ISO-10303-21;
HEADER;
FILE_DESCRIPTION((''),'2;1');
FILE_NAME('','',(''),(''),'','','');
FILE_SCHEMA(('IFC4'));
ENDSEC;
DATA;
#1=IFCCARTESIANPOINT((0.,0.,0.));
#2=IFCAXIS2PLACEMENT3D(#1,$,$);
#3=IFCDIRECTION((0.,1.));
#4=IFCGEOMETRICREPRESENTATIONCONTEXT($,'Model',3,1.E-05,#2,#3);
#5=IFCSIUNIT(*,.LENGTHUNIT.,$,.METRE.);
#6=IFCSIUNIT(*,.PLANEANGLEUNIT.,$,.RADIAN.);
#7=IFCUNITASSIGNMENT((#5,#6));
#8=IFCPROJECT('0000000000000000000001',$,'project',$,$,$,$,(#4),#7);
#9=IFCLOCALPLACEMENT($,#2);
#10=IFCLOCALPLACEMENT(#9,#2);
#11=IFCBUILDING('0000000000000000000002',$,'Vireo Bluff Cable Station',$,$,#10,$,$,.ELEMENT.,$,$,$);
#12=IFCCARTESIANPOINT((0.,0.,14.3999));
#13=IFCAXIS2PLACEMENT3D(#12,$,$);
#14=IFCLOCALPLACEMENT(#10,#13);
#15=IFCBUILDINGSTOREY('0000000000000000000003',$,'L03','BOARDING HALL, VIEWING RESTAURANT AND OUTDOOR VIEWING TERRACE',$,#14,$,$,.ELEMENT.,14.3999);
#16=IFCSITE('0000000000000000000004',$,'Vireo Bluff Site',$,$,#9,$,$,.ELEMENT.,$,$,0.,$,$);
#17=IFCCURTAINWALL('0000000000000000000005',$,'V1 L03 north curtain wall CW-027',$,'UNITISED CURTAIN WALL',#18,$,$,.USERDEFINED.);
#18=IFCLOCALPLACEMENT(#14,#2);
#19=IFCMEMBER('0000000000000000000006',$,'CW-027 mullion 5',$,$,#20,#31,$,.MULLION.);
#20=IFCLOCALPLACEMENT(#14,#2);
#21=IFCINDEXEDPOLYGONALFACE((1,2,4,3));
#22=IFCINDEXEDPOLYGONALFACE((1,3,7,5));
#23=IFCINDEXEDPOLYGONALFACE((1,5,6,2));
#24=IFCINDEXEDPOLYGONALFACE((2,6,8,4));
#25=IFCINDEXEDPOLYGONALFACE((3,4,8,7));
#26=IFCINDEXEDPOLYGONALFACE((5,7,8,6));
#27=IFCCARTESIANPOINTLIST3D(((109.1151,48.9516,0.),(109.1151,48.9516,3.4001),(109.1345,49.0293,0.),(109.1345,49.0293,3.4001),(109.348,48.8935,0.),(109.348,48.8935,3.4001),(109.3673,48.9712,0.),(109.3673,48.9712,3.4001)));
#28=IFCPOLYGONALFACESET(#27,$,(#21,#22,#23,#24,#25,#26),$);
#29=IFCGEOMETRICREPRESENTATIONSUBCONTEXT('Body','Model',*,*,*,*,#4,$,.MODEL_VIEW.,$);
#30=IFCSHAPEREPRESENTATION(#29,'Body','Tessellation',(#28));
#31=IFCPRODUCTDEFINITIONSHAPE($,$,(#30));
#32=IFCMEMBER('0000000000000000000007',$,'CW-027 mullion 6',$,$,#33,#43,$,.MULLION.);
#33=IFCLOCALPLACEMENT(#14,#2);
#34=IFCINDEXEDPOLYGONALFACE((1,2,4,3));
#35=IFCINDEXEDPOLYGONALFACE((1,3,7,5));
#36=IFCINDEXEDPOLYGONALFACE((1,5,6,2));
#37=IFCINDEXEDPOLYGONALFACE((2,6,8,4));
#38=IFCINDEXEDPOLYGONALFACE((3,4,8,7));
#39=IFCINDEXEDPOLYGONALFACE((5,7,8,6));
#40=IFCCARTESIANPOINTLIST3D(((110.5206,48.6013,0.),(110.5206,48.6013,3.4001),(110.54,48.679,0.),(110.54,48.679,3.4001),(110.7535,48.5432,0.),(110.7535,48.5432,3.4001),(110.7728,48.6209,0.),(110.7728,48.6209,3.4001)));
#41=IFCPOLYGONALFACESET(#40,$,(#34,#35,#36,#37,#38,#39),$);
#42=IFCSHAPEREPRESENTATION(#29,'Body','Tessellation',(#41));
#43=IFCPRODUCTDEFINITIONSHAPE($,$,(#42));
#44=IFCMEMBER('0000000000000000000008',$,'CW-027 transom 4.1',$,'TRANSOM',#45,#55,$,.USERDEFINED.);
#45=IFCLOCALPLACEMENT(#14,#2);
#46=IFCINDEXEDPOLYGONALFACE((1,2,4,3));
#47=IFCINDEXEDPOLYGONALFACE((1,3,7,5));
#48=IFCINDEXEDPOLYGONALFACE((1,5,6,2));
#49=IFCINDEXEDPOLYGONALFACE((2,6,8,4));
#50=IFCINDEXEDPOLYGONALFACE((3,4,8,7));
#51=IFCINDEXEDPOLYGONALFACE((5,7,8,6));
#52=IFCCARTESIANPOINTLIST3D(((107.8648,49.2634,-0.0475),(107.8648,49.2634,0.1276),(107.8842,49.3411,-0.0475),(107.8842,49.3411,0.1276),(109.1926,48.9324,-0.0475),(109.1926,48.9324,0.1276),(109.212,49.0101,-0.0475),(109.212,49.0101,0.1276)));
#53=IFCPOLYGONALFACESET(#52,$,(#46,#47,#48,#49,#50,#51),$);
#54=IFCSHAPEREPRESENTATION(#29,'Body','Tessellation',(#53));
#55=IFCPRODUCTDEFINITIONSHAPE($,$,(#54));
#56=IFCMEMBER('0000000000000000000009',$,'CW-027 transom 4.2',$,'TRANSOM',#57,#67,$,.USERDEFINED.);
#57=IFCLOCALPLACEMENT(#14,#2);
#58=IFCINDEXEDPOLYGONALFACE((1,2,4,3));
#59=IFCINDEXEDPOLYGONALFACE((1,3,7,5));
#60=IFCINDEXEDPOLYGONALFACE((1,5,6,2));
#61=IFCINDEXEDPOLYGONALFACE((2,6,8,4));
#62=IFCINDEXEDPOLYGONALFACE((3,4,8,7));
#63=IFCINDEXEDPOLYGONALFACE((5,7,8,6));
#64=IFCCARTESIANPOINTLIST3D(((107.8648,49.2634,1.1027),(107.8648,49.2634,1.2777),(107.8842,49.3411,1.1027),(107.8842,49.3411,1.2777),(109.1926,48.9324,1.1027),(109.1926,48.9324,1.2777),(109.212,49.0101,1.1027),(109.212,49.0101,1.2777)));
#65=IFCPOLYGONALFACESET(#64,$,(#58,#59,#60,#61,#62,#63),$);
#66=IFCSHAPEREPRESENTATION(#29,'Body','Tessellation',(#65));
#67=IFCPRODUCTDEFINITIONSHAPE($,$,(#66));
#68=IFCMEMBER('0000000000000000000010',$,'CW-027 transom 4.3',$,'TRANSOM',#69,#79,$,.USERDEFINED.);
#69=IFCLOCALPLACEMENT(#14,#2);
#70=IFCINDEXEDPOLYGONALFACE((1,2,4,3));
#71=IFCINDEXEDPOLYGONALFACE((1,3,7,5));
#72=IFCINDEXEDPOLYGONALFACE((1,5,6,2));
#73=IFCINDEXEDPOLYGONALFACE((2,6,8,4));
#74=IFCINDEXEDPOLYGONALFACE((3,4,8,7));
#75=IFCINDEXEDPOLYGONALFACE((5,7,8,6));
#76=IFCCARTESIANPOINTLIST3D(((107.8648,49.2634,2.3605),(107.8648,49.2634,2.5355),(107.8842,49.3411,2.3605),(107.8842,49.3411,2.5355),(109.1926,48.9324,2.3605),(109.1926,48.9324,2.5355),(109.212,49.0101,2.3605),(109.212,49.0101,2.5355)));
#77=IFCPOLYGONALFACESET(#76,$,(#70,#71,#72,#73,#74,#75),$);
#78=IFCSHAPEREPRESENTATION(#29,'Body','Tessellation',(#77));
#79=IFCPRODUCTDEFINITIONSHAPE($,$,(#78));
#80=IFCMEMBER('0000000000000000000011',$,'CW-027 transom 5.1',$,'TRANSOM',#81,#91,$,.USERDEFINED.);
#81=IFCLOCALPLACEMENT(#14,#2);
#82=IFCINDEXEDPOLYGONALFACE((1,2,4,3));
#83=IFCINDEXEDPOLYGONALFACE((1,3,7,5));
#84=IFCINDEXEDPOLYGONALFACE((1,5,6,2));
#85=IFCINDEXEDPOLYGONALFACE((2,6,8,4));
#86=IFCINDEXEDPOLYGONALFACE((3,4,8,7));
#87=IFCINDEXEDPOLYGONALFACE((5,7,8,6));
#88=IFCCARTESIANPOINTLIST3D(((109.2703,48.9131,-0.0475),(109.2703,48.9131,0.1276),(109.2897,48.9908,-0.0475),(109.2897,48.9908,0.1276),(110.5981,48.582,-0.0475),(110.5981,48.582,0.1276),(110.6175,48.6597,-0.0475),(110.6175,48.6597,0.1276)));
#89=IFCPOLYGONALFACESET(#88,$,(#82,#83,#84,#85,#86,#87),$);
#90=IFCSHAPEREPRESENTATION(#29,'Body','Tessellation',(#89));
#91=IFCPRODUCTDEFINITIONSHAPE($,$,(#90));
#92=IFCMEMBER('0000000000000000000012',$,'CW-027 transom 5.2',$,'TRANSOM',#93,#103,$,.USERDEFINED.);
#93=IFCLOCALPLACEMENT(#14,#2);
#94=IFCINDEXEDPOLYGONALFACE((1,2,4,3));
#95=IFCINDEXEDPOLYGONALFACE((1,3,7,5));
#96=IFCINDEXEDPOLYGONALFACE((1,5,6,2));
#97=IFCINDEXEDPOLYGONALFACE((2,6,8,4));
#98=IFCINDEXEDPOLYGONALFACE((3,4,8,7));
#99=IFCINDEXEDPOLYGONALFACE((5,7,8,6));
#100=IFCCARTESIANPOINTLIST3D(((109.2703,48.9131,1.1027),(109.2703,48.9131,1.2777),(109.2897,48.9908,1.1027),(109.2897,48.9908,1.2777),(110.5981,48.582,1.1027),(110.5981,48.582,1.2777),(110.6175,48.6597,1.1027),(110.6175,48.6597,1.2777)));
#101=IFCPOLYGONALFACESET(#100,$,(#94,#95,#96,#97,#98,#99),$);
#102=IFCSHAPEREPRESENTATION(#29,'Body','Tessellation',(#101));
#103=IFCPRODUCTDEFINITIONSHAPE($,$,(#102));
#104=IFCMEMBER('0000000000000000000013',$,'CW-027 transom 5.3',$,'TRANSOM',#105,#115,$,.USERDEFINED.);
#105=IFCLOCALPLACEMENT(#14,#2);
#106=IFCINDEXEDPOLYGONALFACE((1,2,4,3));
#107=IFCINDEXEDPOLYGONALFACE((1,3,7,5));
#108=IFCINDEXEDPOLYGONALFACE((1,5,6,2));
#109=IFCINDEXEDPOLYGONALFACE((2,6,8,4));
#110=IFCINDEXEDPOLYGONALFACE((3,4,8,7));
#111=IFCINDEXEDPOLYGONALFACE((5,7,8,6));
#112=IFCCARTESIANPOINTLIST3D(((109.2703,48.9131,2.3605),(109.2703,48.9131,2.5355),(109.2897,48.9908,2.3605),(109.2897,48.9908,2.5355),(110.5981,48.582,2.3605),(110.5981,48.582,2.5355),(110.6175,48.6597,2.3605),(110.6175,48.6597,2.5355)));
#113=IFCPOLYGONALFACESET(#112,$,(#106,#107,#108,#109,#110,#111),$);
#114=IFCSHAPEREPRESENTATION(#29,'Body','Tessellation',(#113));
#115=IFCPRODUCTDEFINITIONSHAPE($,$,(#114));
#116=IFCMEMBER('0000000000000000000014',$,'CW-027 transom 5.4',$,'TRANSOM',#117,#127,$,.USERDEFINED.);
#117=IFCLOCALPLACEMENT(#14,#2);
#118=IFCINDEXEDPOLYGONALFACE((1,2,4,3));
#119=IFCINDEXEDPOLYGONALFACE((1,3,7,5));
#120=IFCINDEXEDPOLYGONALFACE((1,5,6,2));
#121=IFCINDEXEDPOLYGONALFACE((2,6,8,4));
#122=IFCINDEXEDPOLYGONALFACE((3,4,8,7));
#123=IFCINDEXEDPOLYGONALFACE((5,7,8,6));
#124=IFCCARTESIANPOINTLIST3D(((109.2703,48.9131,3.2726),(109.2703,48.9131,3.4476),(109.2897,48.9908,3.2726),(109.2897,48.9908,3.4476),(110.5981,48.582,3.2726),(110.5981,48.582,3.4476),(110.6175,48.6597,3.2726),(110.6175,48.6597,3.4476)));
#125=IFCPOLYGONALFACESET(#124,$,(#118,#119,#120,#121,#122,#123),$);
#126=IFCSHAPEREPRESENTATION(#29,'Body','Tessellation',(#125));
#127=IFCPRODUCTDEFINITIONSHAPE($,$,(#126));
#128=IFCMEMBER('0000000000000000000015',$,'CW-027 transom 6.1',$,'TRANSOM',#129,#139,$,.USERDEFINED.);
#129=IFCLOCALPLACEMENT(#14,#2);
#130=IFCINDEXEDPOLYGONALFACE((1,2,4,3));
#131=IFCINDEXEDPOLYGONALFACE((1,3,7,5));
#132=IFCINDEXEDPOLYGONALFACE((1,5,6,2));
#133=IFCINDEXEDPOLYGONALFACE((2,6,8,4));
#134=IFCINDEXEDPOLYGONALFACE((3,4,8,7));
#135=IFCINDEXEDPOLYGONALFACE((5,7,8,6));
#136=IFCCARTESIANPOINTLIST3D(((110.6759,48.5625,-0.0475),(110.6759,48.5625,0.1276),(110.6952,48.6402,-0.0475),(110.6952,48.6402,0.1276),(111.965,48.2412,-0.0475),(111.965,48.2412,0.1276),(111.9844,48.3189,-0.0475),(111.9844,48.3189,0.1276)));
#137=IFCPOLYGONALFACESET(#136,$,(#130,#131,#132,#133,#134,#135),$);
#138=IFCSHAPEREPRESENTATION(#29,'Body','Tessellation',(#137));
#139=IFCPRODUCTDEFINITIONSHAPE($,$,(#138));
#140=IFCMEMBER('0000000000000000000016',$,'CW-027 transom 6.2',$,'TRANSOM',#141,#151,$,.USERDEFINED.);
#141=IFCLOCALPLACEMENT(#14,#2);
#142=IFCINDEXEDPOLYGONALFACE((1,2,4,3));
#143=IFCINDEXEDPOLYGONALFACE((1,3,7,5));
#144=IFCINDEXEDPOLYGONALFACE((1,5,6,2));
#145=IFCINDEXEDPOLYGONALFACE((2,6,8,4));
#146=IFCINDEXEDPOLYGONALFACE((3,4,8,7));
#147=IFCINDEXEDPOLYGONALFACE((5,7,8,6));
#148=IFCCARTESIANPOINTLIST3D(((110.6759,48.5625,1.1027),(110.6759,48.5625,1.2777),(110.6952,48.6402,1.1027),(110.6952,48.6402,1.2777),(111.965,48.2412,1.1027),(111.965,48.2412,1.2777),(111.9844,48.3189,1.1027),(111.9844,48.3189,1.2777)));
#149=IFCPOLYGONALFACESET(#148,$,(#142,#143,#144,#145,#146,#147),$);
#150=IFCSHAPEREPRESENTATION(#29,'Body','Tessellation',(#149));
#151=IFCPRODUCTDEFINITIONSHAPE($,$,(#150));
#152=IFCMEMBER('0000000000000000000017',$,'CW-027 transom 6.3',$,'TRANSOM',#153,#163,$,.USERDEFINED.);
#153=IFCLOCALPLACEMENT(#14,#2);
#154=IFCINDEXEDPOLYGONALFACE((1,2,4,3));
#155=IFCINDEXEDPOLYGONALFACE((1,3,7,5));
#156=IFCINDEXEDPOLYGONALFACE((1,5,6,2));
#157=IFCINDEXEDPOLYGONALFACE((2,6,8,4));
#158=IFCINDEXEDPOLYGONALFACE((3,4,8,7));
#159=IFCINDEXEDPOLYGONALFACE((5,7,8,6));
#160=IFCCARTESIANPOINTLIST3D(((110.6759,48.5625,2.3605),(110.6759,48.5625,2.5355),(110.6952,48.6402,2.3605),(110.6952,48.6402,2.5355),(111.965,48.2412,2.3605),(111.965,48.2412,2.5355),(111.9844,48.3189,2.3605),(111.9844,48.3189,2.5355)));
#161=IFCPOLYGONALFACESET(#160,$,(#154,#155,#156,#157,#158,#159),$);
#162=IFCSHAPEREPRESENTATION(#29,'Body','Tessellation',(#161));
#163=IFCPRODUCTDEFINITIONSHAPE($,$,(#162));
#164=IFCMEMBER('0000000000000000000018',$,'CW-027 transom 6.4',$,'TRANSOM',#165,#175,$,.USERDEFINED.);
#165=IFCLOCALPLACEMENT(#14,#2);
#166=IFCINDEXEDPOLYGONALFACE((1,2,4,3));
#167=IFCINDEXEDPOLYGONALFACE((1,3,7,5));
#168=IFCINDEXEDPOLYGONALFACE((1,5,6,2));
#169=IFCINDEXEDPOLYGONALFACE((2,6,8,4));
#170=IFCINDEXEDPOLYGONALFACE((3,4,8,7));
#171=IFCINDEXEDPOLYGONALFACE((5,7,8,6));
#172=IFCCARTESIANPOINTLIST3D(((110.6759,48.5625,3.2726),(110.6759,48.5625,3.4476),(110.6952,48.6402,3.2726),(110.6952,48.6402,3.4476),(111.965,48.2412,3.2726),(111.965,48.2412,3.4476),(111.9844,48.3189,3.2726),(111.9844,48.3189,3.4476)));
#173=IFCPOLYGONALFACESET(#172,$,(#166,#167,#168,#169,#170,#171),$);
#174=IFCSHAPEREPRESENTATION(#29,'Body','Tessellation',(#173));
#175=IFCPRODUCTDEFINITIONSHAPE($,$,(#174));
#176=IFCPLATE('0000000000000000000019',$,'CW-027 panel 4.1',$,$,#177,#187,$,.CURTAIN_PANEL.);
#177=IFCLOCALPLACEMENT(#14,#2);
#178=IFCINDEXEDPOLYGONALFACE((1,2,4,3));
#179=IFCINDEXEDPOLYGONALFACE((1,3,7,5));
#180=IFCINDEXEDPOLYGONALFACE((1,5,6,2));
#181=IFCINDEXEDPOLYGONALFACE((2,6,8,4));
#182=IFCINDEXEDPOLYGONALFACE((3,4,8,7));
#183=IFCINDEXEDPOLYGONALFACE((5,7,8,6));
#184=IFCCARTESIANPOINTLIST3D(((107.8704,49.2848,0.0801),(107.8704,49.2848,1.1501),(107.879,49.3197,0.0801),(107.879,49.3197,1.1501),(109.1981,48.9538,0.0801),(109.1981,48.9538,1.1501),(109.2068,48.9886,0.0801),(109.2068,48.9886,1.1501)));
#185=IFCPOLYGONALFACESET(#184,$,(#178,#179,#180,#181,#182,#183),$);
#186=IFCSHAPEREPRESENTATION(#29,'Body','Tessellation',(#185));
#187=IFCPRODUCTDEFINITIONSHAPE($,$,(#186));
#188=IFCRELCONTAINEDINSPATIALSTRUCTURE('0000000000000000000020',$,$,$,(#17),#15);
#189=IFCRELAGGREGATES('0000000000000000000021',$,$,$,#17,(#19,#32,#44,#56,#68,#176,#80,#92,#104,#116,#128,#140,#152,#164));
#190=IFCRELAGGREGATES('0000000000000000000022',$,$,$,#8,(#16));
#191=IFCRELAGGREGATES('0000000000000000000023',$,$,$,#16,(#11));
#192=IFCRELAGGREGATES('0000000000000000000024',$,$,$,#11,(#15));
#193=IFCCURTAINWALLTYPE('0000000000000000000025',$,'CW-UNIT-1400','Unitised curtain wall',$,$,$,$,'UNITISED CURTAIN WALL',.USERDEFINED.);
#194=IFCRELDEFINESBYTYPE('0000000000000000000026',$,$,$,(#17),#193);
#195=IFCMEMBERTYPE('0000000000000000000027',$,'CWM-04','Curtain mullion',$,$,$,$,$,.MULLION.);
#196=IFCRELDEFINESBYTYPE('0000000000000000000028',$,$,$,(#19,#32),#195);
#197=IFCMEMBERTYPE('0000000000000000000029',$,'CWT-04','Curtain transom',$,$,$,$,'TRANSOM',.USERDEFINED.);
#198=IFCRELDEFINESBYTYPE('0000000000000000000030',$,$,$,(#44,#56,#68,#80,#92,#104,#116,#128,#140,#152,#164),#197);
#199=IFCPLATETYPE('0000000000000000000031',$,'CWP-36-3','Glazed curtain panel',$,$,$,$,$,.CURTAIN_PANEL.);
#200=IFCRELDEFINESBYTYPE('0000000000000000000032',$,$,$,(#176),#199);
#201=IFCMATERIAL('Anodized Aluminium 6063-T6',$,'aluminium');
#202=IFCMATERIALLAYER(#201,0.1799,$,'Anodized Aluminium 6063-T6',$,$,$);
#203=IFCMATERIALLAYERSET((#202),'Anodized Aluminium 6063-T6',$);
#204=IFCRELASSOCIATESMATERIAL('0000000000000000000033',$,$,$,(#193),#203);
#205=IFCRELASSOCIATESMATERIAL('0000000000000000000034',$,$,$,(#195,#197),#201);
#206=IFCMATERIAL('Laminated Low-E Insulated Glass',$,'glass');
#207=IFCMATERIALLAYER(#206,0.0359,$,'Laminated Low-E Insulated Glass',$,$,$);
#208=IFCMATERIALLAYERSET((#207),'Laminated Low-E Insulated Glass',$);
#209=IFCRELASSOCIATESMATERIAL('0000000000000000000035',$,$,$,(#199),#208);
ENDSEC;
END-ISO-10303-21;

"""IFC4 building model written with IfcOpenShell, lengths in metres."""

from ifc_helpers import new_model, si_unit, direction, frame, origin, origin_2d, place, context, subcontext, project, spatial, rectangle, extrude, material, layer, layer_set, material_profile, profile_set, type_object, element, aggregate, save


model = new_model("IFC4")

# Units and contexts
model_context = context("Model", 3, precision=1e-05, world=origin(), true_north=direction((0.0, 1.0)))
body_context = subcontext(model_context, "Body", "Model", "MODEL_VIEW")
ifc_project = project(units=[si_unit("LENGTHUNIT", "METRE"), si_unit("PLANEANGLEUNIT", "RADIAN")], contexts=[model_context])

# Site, building, storey
site_placement = place(None, origin())
site = spatial("IfcSite", under=ifc_project, at=site_placement, Name="Vireo Bluff Site", CompositionType="ELEMENT", RefElevation=0.0)
building_placement = place(site_placement, origin())
building = spatial("IfcBuilding", under=site, at=building_placement, Name="Vireo Bluff Cable Station", CompositionType="ELEMENT")
storey_placement = place(building_placement, frame((0.0, 0.0, 14.3999)))
storey = spatial("IfcBuildingStorey", under=building, at=storey_placement, Name="L03", Description="BOARDING HALL, VIEWING RESTAURANT AND OUTDOOR VIEWING TERRACE", CompositionType="ELEMENT", Elevation=14.3999)

# Curtain wall, members, plate
ifc_material_1 = material(Name="Anodized Aluminium 6063-T6", Category="aluminium")
ifc_layer_1 = layer(ifc_material_1, 0.1799, Name="Anodized Aluminium 6063-T6")
ifc_layer_set_1 = layer_set([ifc_layer_1], Name="Anodized Aluminium 6063-T6")
curtain_wall_type_1 = type_object("IfcCurtainWallType", Name="CW-UNIT-1400", Description="Unitised curtain wall", ElementType="UNITISED CURTAIN WALL", PredefinedType="USERDEFINED", material=ifc_layer_set_1)
curtain_wall_1_placement = place(storey_placement, origin())
curtain_wall_1 = element("IfcCurtainWall", 1, at=curtain_wall_1_placement, inside=storey, type_object=curtain_wall_type_1, Name="V1 L03 north curtain wall CW-027", ObjectType="UNITISED CURTAIN WALL", PredefinedType="USERDEFINED")
ifc_material_profile_1 = material_profile(ifc_material_1, rectangle(XDim=0.0801, YDim=0.24, at=origin_2d()), Name="ALU-M-80X240")
ifc_profile_set_1 = profile_set([ifc_material_profile_1], Name="Anodized Aluminium 6063-T6")
member_type_1 = type_object("IfcMemberType", Name="CWM-04", Description="Curtain mullion", PredefinedType="MULLION", material=ifc_profile_set_1)
member_1_placement = place(storey_placement, frame((109.2412, 48.9614, 0.0), z_axis=(0.0, 0.0, 1.0), x_axis=(0.241922, 0.970296, 0.0)))
member_1 = element("IfcMember", 2, at=member_1_placement, type_object=member_type_1, Name="CW-027 mullion 5", PredefinedType="MULLION", context=body_context, shape_type="SweptSolid", body=[
    extrude(rectangle(XDim=0.0801, YDim=0.24, at=origin_2d()), origin(), (0.0, 0.0, 1.0), 3.4001),
])
member_2_placement = place(storey_placement, frame((110.6467, 48.6111, 0.0), z_axis=(0.0, 0.0, 1.0), x_axis=(0.241922, 0.970296, 0.0)))
member_2 = element("IfcMember", 3, at=member_2_placement, type_object=member_type_1, Name="CW-027 mullion 6", PredefinedType="MULLION", context=body_context, shape_type="SweptSolid", body=[
    extrude(rectangle(XDim=0.0801, YDim=0.24, at=origin_2d()), origin(), (0.0, 0.0, 1.0), 3.4001),
])
ifc_material_profile_2 = material_profile(ifc_material_1, rectangle(XDim=0.0801, YDim=0.175, at=origin_2d()), Name="ALU-T-80X175")
ifc_profile_set_2 = profile_set([ifc_material_profile_2], Name="Anodized Aluminium 6063-T6")
member_type_2 = type_object("IfcMemberType", Name="CWT-04", Description="Curtain transom", ElementType="TRANSOM", PredefinedType="USERDEFINED", material=ifc_profile_set_2)
member_3_placement = place(storey_placement, frame((107.8745, 49.3022, 0.04), z_axis=(0.9703, -0.241906, 0.0), x_axis=(0.241906, 0.9703, 0.0)))
member_3 = element("IfcMember", 4, at=member_3_placement, type_object=member_type_2, Name="CW-027 transom 4.1", ObjectType="TRANSOM", PredefinedType="USERDEFINED", context=body_context, shape_type="SweptSolid", body=[
    extrude(rectangle(XDim=0.0801, YDim=0.175, at=origin_2d()), origin(), (0.0, 0.0, 1.0), 1.3684),
])
member_4_placement = place(storey_placement, frame((107.8745, 49.3022, 1.1902), z_axis=(0.9703, -0.241906, 0.0), x_axis=(0.241906, 0.9703, 0.0)))
member_4 = element("IfcMember", 5, at=member_4_placement, type_object=member_type_2, Name="CW-027 transom 4.2", ObjectType="TRANSOM", PredefinedType="USERDEFINED", context=body_context, shape_type="SweptSolid", body=[
    extrude(rectangle(XDim=0.0801, YDim=0.175, at=origin_2d()), origin(), (0.0, 0.0, 1.0), 1.3684),
])
member_5_placement = place(storey_placement, frame((107.8745, 49.3022, 2.448), z_axis=(0.9703, -0.241906, 0.0), x_axis=(0.241906, 0.9703, 0.0)))
member_5 = element("IfcMember", 6, at=member_5_placement, type_object=member_type_2, Name="CW-027 transom 4.3", ObjectType="TRANSOM", PredefinedType="USERDEFINED", context=body_context, shape_type="SweptSolid", body=[
    extrude(rectangle(XDim=0.0801, YDim=0.175, at=origin_2d()), origin(), (0.0, 0.0, 1.0), 1.3684),
])
member_6_placement = place(storey_placement, frame((109.28, 48.9519, 0.04), z_axis=(0.9703, -0.241906, 0.0), x_axis=(0.241906, 0.9703, 0.0)))
member_6 = element("IfcMember", 7, at=member_6_placement, type_object=member_type_2, Name="CW-027 transom 5.1", ObjectType="TRANSOM", PredefinedType="USERDEFINED", context=body_context, shape_type="SweptSolid", body=[
    extrude(rectangle(XDim=0.0801, YDim=0.175, at=origin_2d()), origin(), (0.0, 0.0, 1.0), 1.3684),
])
member_7_placement = place(storey_placement, frame((109.28, 48.9519, 1.1902), z_axis=(0.9703, -0.241906, 0.0), x_axis=(0.241906, 0.9703, 0.0)))
member_7 = element("IfcMember", 8, at=member_7_placement, type_object=member_type_2, Name="CW-027 transom 5.2", ObjectType="TRANSOM", PredefinedType="USERDEFINED", context=body_context, shape_type="SweptSolid", body=[
    extrude(rectangle(XDim=0.0801, YDim=0.175, at=origin_2d()), origin(), (0.0, 0.0, 1.0), 1.3684),
])
member_8_placement = place(storey_placement, frame((109.28, 48.9519, 2.448), z_axis=(0.9703, -0.241906, 0.0), x_axis=(0.241906, 0.9703, 0.0)))
member_8 = element("IfcMember", 9, at=member_8_placement, type_object=member_type_2, Name="CW-027 transom 5.3", ObjectType="TRANSOM", PredefinedType="USERDEFINED", context=body_context, shape_type="SweptSolid", body=[
    extrude(rectangle(XDim=0.0801, YDim=0.175, at=origin_2d()), origin(), (0.0, 0.0, 1.0), 1.3684),
])
member_9_placement = place(storey_placement, frame((109.28, 48.9519, 3.3601), z_axis=(0.9703, -0.241906, 0.0), x_axis=(0.241906, 0.9703, 0.0)))
member_9 = element("IfcMember", 10, at=member_9_placement, type_object=member_type_2, Name="CW-027 transom 5.4", ObjectType="TRANSOM", PredefinedType="USERDEFINED", context=body_context, shape_type="SweptSolid", body=[
    extrude(rectangle(XDim=0.0801, YDim=0.175, at=origin_2d()), origin(), (0.0, 0.0, 1.0), 1.3684),
])
member_10_placement = place(storey_placement, frame((110.6855, 48.6013, 0.04), z_axis=(0.970315, -0.241844, 0.0), x_axis=(0.241844, 0.970315, 0.0)))
member_10 = element("IfcMember", 11, at=member_10_placement, type_object=member_type_2, Name="CW-027 transom 6.1", ObjectType="TRANSOM", PredefinedType="USERDEFINED", context=body_context, shape_type="SweptSolid", body=[
    extrude(rectangle(XDim=0.0801, YDim=0.175, at=origin_2d()), origin(), (0.0, 0.0, 1.0), 1.3286),
])
member_11_placement = place(storey_placement, frame((110.6855, 48.6013, 1.1902), z_axis=(0.970315, -0.241844, 0.0), x_axis=(0.241844, 0.970315, 0.0)))
member_11 = element("IfcMember", 12, at=member_11_placement, type_object=member_type_2, Name="CW-027 transom 6.2", ObjectType="TRANSOM", PredefinedType="USERDEFINED", context=body_context, shape_type="SweptSolid", body=[
    extrude(rectangle(XDim=0.0801, YDim=0.175, at=origin_2d()), origin(), (0.0, 0.0, 1.0), 1.3286),
])
member_12_placement = place(storey_placement, frame((110.6855, 48.6013, 2.448), z_axis=(0.970315, -0.241844, 0.0), x_axis=(0.241844, 0.970315, 0.0)))
member_12 = element("IfcMember", 13, at=member_12_placement, type_object=member_type_2, Name="CW-027 transom 6.3", ObjectType="TRANSOM", PredefinedType="USERDEFINED", context=body_context, shape_type="SweptSolid", body=[
    extrude(rectangle(XDim=0.0801, YDim=0.175, at=origin_2d()), origin(), (0.0, 0.0, 1.0), 1.3286),
])
member_13_placement = place(storey_placement, frame((110.6855, 48.6013, 3.3601), z_axis=(0.970315, -0.241844, 0.0), x_axis=(0.241844, 0.970315, 0.0)))
member_13 = element("IfcMember", 14, at=member_13_placement, type_object=member_type_2, Name="CW-027 transom 6.4", ObjectType="TRANSOM", PredefinedType="USERDEFINED", context=body_context, shape_type="SweptSolid", body=[
    extrude(rectangle(XDim=0.0801, YDim=0.175, at=origin_2d()), origin(), (0.0, 0.0, 1.0), 1.3286),
])
ifc_material_2 = material(Name="Laminated Low-E Insulated Glass", Category="glass")
ifc_layer_2 = layer(ifc_material_2, 0.0359, Name="Laminated Low-E Insulated Glass")
ifc_layer_set_2 = layer_set([ifc_layer_2], Name="Laminated Low-E Insulated Glass")
plate_type_1 = type_object("IfcPlateType", Name="CWP-36-3", Description="Glazed curtain panel", PredefinedType="CURTAIN_PANEL", material=ifc_layer_set_2)
plate_1_placement = place(storey_placement, frame((108.5386, 49.1367, 0.0801), z_axis=(0.0, 0.0, 1.0), x_axis=(0.970296, -0.241922, 0.0)))
plate_1 = element("IfcPlate", 15, at=plate_1_placement, type_object=plate_type_1, Name="CW-027 panel 4.1", PredefinedType="CURTAIN_PANEL", context=body_context, shape_type="SweptSolid", body=[
    extrude(rectangle(XDim=1.3684, YDim=0.0359, at=origin_2d()), origin(), (0.0, 0.0, 1.0), 1.0701),
])
aggregate(curtain_wall_1, [member_1, member_2, member_3, member_4, member_5, plate_1, member_6, member_7, member_8, member_9, member_10, member_11, member_12, member_13])

save(model, "model.ifc")
